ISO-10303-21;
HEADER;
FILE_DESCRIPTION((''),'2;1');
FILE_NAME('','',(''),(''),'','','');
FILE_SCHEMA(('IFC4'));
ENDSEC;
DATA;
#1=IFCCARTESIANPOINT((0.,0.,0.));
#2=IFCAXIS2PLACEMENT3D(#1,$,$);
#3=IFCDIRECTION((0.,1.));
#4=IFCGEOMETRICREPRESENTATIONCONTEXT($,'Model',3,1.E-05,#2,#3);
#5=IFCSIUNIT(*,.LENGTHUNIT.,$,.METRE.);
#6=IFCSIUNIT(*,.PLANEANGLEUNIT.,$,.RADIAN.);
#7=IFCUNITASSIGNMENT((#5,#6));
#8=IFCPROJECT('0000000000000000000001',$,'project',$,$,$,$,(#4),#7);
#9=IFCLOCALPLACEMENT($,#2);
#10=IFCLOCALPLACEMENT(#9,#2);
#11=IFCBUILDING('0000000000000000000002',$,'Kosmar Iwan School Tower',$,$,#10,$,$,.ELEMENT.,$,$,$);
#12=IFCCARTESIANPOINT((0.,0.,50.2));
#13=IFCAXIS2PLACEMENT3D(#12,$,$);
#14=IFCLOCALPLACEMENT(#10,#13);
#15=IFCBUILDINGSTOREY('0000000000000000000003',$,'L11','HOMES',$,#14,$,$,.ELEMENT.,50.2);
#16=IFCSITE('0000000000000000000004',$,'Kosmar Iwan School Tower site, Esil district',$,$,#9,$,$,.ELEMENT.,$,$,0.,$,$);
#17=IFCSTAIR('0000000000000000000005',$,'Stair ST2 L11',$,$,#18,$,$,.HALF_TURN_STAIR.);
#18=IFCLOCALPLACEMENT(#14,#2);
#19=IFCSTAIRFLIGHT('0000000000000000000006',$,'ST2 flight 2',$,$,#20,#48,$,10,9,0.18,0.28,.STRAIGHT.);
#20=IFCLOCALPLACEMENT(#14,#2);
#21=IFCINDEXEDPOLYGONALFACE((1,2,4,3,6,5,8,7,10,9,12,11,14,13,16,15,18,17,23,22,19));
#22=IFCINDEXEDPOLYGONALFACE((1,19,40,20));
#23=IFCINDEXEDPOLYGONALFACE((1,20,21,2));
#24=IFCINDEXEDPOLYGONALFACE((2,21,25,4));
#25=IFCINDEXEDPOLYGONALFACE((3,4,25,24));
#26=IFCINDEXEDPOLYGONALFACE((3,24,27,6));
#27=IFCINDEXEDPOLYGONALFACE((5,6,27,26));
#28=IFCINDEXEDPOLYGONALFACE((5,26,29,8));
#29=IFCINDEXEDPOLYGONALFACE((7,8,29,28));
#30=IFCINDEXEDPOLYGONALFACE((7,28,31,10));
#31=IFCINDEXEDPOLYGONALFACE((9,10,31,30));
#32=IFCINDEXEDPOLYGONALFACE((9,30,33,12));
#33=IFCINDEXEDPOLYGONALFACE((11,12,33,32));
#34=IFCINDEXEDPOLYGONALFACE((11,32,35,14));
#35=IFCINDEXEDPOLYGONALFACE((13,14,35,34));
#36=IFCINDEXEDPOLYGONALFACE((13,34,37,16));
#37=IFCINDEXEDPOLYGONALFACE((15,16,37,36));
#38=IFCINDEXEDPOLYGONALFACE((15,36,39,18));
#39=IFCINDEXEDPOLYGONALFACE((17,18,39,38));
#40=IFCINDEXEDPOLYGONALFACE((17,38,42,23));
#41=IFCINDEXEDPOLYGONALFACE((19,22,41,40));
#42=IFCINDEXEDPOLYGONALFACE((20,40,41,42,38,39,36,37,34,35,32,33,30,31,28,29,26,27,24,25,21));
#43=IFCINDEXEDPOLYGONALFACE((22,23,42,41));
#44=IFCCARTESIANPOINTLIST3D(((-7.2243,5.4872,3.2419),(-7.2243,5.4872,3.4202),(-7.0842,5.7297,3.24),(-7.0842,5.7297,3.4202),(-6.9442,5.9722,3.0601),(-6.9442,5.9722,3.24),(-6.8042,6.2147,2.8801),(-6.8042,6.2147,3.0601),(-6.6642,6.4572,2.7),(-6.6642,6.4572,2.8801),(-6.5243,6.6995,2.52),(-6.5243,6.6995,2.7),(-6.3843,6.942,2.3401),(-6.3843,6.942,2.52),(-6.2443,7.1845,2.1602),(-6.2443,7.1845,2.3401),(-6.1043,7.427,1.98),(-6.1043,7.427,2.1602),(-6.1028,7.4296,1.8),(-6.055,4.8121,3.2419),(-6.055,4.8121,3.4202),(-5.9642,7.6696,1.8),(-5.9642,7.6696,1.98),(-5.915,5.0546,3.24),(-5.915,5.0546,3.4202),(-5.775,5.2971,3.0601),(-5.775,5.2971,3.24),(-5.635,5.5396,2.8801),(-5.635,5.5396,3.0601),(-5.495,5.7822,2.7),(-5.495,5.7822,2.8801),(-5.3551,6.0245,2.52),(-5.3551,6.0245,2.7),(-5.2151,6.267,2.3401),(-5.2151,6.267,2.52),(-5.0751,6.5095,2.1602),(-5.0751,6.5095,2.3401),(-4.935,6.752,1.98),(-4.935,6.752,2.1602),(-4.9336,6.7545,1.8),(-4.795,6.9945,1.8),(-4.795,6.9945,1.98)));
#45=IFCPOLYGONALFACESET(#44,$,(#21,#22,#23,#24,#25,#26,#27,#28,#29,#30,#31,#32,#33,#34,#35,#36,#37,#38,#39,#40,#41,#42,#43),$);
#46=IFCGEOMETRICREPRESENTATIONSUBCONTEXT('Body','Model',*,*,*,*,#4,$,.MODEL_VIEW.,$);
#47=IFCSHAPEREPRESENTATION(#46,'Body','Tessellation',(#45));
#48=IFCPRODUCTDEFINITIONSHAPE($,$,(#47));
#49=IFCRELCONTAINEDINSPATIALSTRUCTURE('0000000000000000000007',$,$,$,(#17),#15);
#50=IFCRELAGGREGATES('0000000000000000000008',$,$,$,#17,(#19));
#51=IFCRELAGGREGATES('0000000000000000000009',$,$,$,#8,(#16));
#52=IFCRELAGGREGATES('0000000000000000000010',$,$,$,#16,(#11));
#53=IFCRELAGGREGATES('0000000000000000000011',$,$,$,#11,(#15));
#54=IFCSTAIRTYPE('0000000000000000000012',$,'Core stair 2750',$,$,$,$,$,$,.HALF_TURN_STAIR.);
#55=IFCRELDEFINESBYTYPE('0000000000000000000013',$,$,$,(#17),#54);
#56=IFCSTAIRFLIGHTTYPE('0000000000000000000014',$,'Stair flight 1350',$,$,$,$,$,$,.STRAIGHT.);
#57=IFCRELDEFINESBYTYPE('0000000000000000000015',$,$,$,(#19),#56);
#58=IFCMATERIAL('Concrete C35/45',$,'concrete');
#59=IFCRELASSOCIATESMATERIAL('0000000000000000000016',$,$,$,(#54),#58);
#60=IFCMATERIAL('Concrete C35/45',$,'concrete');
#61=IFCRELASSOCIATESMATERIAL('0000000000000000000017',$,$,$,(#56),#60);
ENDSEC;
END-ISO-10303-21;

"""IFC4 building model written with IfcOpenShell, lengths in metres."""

from ifc_helpers import new_model, si_unit, direction, frame, origin, place, context, subcontext, project, spatial, polyline, outline, extrude, material, type_object, element, aggregate, save


model = new_model("IFC4")

# Units and contexts
model_context = context("Model", 3, precision=1e-05, world=origin(), true_north=direction((0.0, 1.0)))
body_context = subcontext(model_context, "Body", "Model", "MODEL_VIEW")
ifc_project = project(units=[si_unit("LENGTHUNIT", "METRE"), si_unit("PLANEANGLEUNIT", "RADIAN")], contexts=[model_context])

# Site, building, storey
site_placement = place(None, origin())
site = spatial("IfcSite", under=ifc_project, at=site_placement, Name="Kosmar Iwan School Tower site, Esil district", CompositionType="ELEMENT", RefElevation=0.0)
building_placement = place(site_placement, origin())
building = spatial("IfcBuilding", under=site, at=building_placement, Name="Kosmar Iwan School Tower", CompositionType="ELEMENT")
storey_placement = place(building_placement, frame((0.0, 0.0, 50.2)))
storey = spatial("IfcBuildingStorey", under=building, at=storey_placement, Name="L11", Description="HOMES", CompositionType="ELEMENT", Elevation=50.2)

# Stair, stair flight
ifc_material_1 = material(Name="Concrete C35/45", Category="concrete")
stair_type = type_object("IfcStairType", Name="Core stair 2750", PredefinedType="HALF_TURN_STAIR", material=ifc_material_1)
stair_placement = place(storey_placement, origin())
stair = element("IfcStair", 1, at=stair_placement, inside=storey, type_object=stair_type, Name="Stair ST2 L11", PredefinedType="HALF_TURN_STAIR")
ifc_material_2 = material(Name="Concrete C35/45", Category="concrete")
stair_flight_type = type_object("IfcStairFlightType", Name="Stair flight 1350", PredefinedType="STRAIGHT", material=ifc_material_2)
stair_flight_1_placement = place(storey_placement, frame((-5.3796, 7.332, 1.8), z_axis=(0.0, 0.0, 1.0), x_axis=(-0.5, -0.866025, 0.0)))
stair_flight_1 = element("IfcStairFlight", 2, at=stair_flight_1_placement, type_object=stair_flight_type, Name="ST2 flight 2", NumberOfRisers=10, NumberOfTreads=9, PredefinedType="STRAIGHT", RiserHeight=0.18, TreadLength=0.28, context=body_context, shape_type="SweptSolid", body=[
    extrude(outline(polyline([(0.0, 0.0), (0.0, 0.1799), (0.28, 0.1799), (0.28, 0.3601), (0.5601, 0.3601), (0.5601, 0.54), (0.8401, 0.54), (0.8401, 0.72), (1.1201, 0.72), (1.1201, 0.8999), (1.3999, 0.8999), (1.3999, 1.0801), (1.6799, 1.0801), (1.6799, 1.26), (1.96, 1.26), (1.96, 1.4399), (2.24, 1.4399), (2.24, 1.6201), (2.52, 1.6201), (2.52, 1.8), (2.52, 1.4419), (0.2771, 0.0), (0.0, 0.0)])), frame((0.0, 0.675, 0.0), z_axis=(0.0, -1.0, 0.0), x_axis=(1.0, 0.0, 0.0)), (0.0, 0.0, 1.0), 1.3501),
])
aggregate(stair, [stair_flight_1])

save(model, "model.ifc")
